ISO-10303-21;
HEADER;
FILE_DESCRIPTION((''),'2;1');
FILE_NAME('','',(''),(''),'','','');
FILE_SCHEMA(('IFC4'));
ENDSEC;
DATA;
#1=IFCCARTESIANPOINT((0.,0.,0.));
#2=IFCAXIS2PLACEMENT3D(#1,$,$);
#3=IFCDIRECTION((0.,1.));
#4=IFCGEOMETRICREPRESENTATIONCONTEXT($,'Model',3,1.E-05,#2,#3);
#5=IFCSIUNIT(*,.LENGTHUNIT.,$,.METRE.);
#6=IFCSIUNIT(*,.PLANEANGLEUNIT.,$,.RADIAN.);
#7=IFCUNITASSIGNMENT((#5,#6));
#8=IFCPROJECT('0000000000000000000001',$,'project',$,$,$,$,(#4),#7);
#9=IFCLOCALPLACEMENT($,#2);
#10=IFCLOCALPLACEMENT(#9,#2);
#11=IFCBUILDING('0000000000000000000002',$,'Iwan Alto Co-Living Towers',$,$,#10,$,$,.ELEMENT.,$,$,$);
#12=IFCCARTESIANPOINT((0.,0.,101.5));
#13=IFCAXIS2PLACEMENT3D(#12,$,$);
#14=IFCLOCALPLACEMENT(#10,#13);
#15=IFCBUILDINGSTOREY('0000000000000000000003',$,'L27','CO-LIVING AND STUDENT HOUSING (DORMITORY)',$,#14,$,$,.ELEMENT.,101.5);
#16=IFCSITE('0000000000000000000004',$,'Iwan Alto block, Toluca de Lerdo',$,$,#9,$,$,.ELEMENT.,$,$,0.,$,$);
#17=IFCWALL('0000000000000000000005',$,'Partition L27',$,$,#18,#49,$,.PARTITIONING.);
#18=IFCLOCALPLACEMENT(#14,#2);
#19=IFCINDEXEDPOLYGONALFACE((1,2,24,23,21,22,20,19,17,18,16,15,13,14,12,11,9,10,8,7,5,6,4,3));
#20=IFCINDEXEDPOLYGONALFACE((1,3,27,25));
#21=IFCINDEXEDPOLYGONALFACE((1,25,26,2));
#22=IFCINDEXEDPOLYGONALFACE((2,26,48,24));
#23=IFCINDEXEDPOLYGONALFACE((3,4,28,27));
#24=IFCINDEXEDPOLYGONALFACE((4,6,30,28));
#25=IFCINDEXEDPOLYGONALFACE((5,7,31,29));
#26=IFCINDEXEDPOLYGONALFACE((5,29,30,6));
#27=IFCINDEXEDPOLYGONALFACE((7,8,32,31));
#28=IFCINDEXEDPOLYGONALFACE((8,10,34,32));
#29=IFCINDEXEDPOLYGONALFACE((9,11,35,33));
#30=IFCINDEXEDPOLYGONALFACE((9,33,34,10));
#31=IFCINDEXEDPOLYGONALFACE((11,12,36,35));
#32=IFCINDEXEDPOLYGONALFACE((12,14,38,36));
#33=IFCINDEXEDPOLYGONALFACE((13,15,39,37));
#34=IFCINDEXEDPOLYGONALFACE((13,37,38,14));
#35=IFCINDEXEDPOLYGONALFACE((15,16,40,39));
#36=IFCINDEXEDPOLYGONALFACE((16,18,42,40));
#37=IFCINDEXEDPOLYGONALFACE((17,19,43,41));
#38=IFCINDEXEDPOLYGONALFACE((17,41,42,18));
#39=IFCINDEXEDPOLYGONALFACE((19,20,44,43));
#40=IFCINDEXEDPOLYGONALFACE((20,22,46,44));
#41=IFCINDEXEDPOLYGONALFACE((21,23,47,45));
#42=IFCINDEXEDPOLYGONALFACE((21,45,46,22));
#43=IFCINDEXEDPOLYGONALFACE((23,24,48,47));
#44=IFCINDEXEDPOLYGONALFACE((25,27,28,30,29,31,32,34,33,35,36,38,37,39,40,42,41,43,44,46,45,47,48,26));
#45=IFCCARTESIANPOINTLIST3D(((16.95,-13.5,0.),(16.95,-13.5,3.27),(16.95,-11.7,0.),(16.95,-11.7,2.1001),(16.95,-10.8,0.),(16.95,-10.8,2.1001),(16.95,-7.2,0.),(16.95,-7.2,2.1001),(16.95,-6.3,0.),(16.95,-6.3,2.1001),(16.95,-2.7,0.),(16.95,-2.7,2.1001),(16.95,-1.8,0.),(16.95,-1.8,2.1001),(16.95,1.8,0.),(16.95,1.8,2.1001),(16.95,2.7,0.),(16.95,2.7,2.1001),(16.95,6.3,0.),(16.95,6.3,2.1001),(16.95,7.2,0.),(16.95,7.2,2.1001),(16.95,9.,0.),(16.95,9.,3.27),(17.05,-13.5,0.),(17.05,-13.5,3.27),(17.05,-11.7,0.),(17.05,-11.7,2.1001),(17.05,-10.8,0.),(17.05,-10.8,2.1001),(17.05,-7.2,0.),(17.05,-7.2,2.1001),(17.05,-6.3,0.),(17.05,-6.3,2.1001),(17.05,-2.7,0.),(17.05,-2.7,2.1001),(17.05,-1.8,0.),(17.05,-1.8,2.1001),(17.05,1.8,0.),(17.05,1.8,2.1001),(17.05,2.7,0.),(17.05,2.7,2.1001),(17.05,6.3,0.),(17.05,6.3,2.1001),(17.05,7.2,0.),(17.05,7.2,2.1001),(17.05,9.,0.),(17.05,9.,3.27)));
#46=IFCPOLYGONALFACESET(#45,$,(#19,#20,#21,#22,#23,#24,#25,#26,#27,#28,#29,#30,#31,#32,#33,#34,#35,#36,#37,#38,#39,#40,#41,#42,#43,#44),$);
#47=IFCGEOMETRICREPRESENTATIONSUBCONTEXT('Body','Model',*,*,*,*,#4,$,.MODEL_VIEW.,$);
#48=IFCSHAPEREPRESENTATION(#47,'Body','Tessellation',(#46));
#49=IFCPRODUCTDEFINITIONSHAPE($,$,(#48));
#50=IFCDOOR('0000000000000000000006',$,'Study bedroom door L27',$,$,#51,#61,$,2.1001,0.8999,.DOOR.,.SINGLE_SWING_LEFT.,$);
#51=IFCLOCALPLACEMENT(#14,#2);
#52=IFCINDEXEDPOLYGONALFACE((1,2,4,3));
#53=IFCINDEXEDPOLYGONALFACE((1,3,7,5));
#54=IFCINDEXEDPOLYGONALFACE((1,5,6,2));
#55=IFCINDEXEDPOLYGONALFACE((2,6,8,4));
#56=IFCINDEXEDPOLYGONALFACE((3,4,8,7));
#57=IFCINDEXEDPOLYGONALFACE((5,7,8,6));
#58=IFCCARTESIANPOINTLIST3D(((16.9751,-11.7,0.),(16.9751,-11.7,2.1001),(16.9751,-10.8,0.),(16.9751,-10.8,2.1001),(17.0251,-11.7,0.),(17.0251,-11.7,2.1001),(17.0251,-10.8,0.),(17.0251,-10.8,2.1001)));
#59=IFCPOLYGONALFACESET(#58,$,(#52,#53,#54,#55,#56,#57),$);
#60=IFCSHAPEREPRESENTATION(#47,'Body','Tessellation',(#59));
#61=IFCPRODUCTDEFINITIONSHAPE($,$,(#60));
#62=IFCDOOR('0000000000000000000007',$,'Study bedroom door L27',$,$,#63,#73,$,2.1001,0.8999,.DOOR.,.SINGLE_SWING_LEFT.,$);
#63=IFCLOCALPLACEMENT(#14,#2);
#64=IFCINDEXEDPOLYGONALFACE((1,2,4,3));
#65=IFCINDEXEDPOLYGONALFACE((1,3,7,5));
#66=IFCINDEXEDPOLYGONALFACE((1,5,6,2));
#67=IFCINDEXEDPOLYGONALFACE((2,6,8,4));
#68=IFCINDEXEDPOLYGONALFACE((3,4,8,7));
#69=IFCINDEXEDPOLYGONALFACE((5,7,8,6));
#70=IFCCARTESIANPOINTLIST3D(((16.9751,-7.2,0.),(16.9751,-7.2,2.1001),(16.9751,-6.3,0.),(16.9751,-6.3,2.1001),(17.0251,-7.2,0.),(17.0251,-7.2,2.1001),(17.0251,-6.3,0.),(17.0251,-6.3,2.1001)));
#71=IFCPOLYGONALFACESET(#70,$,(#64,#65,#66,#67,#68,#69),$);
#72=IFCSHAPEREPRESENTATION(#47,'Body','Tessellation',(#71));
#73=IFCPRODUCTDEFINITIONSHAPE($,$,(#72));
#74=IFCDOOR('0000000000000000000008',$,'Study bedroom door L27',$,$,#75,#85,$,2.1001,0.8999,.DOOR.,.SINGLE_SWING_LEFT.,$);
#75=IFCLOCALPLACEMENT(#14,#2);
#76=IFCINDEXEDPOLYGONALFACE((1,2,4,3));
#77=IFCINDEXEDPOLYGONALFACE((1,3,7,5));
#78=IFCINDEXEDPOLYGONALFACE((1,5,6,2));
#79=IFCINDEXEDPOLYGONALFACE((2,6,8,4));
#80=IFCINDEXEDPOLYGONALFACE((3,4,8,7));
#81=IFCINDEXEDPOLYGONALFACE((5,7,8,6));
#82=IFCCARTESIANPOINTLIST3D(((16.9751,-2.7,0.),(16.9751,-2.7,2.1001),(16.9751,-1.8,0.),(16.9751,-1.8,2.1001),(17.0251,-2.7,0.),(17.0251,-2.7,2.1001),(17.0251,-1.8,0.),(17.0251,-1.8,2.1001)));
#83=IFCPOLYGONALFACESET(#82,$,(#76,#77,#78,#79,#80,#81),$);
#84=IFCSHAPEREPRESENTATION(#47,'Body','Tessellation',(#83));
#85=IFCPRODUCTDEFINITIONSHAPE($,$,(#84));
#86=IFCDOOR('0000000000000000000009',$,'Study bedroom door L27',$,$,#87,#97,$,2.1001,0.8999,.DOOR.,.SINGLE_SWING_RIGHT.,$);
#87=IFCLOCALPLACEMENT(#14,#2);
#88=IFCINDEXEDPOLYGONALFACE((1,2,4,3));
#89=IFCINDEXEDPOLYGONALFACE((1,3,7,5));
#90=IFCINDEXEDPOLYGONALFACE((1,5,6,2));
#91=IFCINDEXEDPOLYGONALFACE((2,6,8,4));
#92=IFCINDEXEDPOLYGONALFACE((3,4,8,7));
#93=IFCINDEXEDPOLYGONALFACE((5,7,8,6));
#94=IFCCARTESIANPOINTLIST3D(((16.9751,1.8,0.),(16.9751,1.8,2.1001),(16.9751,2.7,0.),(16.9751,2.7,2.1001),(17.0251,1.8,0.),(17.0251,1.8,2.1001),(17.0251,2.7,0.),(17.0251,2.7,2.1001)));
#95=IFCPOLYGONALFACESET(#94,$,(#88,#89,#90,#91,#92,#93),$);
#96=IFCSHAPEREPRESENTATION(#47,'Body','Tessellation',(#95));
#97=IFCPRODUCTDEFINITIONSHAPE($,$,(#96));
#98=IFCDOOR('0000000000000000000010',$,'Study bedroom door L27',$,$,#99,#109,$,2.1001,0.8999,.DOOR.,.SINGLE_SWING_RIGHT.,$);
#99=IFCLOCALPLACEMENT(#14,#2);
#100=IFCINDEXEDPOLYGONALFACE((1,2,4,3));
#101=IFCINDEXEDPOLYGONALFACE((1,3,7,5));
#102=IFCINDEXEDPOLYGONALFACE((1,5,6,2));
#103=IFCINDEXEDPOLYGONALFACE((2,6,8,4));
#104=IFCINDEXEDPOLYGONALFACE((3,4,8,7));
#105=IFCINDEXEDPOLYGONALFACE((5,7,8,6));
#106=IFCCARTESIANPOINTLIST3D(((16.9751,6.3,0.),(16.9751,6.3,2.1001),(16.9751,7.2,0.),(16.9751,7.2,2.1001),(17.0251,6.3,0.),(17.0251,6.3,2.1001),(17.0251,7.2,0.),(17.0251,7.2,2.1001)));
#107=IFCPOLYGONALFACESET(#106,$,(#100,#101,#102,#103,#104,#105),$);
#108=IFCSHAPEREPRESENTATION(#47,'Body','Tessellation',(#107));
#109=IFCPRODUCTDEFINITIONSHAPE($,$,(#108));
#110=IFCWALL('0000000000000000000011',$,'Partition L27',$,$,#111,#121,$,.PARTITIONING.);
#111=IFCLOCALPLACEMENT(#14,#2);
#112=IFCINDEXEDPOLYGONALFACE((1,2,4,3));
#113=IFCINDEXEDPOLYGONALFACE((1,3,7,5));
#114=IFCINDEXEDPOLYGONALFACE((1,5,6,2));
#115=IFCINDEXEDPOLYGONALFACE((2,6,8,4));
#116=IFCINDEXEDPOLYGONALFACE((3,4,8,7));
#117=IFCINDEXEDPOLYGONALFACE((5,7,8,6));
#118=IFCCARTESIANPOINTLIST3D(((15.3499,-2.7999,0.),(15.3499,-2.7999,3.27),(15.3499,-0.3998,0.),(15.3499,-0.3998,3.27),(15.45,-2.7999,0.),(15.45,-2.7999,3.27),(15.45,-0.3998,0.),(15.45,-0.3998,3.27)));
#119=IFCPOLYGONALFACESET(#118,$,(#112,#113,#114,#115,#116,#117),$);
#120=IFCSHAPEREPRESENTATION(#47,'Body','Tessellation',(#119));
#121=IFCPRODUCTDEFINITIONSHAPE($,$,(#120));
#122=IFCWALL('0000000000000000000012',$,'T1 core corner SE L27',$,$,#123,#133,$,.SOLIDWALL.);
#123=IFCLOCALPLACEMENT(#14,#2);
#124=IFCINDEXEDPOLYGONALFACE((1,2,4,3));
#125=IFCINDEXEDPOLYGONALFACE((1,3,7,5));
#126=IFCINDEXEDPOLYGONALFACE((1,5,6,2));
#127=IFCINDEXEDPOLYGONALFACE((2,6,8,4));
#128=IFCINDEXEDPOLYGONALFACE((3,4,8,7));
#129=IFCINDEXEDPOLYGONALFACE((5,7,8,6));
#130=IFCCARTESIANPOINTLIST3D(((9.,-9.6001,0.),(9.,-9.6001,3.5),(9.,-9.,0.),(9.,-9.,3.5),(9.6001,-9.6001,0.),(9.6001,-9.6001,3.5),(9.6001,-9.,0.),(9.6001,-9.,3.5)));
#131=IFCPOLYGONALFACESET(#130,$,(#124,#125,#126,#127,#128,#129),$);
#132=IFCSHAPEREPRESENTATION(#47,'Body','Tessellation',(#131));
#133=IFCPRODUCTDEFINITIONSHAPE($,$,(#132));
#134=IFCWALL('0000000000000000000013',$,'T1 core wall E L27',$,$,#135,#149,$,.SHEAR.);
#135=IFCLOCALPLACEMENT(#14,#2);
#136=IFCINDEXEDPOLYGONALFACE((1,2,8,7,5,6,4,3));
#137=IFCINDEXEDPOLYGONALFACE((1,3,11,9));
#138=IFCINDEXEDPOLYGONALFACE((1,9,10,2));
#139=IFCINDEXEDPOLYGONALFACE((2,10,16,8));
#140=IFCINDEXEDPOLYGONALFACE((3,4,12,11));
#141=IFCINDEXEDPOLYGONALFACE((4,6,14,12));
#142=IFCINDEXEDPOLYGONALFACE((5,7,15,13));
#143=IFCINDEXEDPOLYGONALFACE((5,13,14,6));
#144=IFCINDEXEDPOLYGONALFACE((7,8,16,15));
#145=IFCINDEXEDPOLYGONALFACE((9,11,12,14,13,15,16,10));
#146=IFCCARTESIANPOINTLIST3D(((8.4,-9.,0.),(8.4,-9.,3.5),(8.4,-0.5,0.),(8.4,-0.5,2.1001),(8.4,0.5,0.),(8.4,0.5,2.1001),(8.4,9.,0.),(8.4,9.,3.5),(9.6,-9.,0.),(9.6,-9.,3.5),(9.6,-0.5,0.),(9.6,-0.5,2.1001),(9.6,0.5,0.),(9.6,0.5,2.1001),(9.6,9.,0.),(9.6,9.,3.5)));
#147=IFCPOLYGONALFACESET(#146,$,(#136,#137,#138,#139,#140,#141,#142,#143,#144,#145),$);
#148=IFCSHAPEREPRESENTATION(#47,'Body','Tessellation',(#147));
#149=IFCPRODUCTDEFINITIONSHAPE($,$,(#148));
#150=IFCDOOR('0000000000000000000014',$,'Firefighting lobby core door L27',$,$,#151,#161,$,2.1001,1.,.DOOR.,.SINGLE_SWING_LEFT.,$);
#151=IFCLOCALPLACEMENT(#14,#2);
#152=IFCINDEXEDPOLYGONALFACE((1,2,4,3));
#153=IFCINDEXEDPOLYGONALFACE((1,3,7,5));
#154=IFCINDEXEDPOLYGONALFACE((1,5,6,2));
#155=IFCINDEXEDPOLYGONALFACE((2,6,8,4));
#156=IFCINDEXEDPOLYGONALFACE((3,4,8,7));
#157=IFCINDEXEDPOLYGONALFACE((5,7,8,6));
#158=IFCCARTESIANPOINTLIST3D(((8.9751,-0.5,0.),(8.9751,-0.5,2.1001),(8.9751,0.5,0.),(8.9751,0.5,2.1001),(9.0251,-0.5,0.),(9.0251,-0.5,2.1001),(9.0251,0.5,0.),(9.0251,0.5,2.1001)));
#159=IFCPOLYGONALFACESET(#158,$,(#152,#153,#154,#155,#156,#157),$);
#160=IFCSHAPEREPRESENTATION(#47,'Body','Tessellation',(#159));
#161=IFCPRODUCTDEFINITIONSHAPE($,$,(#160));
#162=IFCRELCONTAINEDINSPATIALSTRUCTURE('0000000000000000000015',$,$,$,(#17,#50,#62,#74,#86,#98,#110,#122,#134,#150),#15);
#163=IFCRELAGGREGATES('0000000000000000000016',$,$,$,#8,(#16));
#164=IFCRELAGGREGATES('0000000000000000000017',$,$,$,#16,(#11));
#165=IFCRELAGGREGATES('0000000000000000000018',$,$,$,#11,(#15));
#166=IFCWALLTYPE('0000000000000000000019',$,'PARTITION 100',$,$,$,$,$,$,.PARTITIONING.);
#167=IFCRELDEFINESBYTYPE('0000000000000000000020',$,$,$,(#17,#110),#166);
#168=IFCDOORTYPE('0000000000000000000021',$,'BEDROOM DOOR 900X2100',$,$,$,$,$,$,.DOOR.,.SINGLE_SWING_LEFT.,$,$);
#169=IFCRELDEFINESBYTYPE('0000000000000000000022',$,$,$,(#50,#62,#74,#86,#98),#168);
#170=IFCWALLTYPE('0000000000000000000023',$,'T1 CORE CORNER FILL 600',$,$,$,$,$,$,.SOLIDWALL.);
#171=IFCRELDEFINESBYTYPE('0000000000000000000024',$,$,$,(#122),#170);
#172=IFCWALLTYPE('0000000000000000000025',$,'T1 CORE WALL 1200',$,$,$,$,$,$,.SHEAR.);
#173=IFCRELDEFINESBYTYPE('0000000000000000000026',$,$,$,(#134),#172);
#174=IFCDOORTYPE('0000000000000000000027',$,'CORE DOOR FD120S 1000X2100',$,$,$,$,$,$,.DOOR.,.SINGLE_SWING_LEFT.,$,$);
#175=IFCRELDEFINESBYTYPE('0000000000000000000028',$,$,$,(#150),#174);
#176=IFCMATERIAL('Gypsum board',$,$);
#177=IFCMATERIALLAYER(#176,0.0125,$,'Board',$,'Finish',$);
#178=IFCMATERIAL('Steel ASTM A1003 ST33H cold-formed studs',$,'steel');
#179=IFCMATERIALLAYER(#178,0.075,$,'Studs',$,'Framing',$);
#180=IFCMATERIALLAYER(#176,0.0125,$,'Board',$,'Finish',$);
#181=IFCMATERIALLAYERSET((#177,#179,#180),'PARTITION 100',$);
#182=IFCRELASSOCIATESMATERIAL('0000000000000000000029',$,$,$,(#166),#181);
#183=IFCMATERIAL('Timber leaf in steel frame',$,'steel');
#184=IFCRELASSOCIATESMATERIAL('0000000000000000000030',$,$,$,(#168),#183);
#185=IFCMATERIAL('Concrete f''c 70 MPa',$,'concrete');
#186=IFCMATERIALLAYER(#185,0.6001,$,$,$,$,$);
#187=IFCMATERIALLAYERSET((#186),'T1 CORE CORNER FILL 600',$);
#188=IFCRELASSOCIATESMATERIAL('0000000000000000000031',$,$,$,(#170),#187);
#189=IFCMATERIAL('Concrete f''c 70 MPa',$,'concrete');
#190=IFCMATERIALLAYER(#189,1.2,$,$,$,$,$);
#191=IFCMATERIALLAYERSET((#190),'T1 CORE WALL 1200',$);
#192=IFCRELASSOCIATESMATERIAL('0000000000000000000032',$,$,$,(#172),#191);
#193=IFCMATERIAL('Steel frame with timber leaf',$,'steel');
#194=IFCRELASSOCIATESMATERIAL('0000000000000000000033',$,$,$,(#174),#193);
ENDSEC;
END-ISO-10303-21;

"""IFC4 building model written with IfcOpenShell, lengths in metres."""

from ifc_helpers import new_model, si_unit, direction, frame, frame_2d, origin, place, context, subcontext, project, spatial, rectangle, extrude, material, layer, layer_set, type_object, element, fill, save


model = new_model("IFC4")

# Units and contexts
model_context = context("Model", 3, precision=1e-05, world=origin(), true_north=direction((0.0, 1.0)))
body_context = subcontext(model_context, "Body", "Model", "MODEL_VIEW")
ifc_project = project(units=[si_unit("LENGTHUNIT", "METRE"), si_unit("PLANEANGLEUNIT", "RADIAN")], contexts=[model_context])

# Site, building, storey
site_placement = place(None, origin())
site = spatial("IfcSite", under=ifc_project, at=site_placement, Name="Iwan Alto block, Toluca de Lerdo", CompositionType="ELEMENT", RefElevation=0.0)
building_placement = place(site_placement, origin())
building = spatial("IfcBuilding", under=site, at=building_placement, Name="Iwan Alto Co-Living Towers", CompositionType="ELEMENT")
storey_placement = place(building_placement, frame((0.0, 0.0, 101.5)))
storey = spatial("IfcBuildingStorey", under=building, at=storey_placement, Name="L27", Description="CO-LIVING AND STUDENT HOUSING (DORMITORY)", CompositionType="ELEMENT", Elevation=101.5)

# Shared definitions
ifc_material_1 = material(Name="Gypsum board")
ifc_material_2 = material(Name="Steel ASTM A1003 ST33H cold-formed studs", Category="steel")

# Shared definitions
ifc_layer_1 = layer(ifc_material_1, 0.0125, Name="Board", Category="Finish")
ifc_layer_2 = layer(ifc_material_2, 0.075, Name="Studs", Category="Framing")
ifc_layer_3 = layer(ifc_material_1, 0.0125, Name="Board", Category="Finish")
ifc_layer_set_1 = layer_set([ifc_layer_1, ifc_layer_2, ifc_layer_3], Name="PARTITION 100")
wall_type_1 = type_object("IfcWallType", Name="PARTITION 100", PredefinedType="PARTITIONING", material=ifc_layer_set_1)

# Wall, openings, doors
wall_1_placement = place(storey_placement, frame((17.0, -13.5, 0.0), z_axis=(0.0, 0.0, 1.0), x_axis=(0.0, 1.0, 0.0)))
wall_1 = element("IfcWall", 1, at=wall_1_placement, inside=storey, type_object=wall_type_1, Name="Partition L27", PredefinedType="PARTITIONING", context=body_context, shape_type="SweptSolid", body=[
    extrude(rectangle(XDim=22.5, YDim=0.1001, at=frame_2d((11.25, 0.0))), origin(), (0.0, 0.0, 1.0), 3.27),
])
opening_1_placement = place(wall_1_placement, frame((1.8, 0.0, 0.0)))
opening_1 = element("IfcOpeningElement", 2, at=opening_1_placement, cuts=wall_1, PredefinedType="OPENING", context=body_context, shape_type="SweptSolid", body=[
    extrude(rectangle(XDim=0.8999, YDim=2.1001, at=frame_2d((0.45, 1.05))), frame((0.0, 0.0601, 0.0), z_axis=(0.0, -1.0, 0.0), x_axis=(1.0, 0.0, 0.0)), (0.0, 0.0, 1.0), 0.1201),
])
opening_2_placement = place(wall_1_placement, frame((6.3, 0.0, 0.0)))
opening_2 = element("IfcOpeningElement", 3, at=opening_2_placement, cuts=wall_1, PredefinedType="OPENING", context=body_context, shape_type="SweptSolid", body=[
    extrude(rectangle(XDim=0.8999, YDim=2.1001, at=frame_2d((0.45, 1.05))), frame((0.0, 0.0601, 0.0), z_axis=(0.0, -1.0, 0.0), x_axis=(1.0, 0.0, 0.0)), (0.0, 0.0, 1.0), 0.1201),
])
opening_3_placement = place(wall_1_placement, frame((10.8, 0.0, 0.0)))
opening_3 = element("IfcOpeningElement", 4, at=opening_3_placement, cuts=wall_1, PredefinedType="OPENING", context=body_context, shape_type="SweptSolid", body=[
    extrude(rectangle(XDim=0.8999, YDim=2.1001, at=frame_2d((0.45, 1.05))), frame((0.0, 0.0601, 0.0), z_axis=(0.0, -1.0, 0.0), x_axis=(1.0, 0.0, 0.0)), (0.0, 0.0, 1.0), 0.1201),
])
opening_4_placement = place(wall_1_placement, frame((15.3, 0.0, 0.0)))
opening_4 = element("IfcOpeningElement", 5, at=opening_4_placement, cuts=wall_1, PredefinedType="OPENING", context=body_context, shape_type="SweptSolid", body=[
    extrude(rectangle(XDim=0.8999, YDim=2.1001, at=frame_2d((0.45, 1.05))), frame((0.0, 0.0601, 0.0), z_axis=(0.0, -1.0, 0.0), x_axis=(1.0, 0.0, 0.0)), (0.0, 0.0, 1.0), 0.1201),
])
opening_5_placement = place(wall_1_placement, frame((19.8, 0.0, 0.0)))
opening_5 = element("IfcOpeningElement", 6, at=opening_5_placement, cuts=wall_1, PredefinedType="OPENING", context=body_context, shape_type="SweptSolid", body=[
    extrude(rectangle(XDim=0.8999, YDim=2.1001, at=frame_2d((0.45, 1.05))), frame((0.0, 0.0601, 0.0), z_axis=(0.0, -1.0, 0.0), x_axis=(1.0, 0.0, 0.0)), (0.0, 0.0, 1.0), 0.1201),
])
ifc_material_3 = material(Name="Timber leaf in steel frame", Category="steel")
door_type_1 = type_object("IfcDoorType", Name="BEDROOM DOOR 900X2100", OperationType="SINGLE_SWING_LEFT", PredefinedType="DOOR", material=ifc_material_3)
door_1_placement = place(opening_1_placement, origin())
door_1 = element("IfcDoor", 7, at=door_1_placement, inside=storey, type_object=door_type_1, Name="Study bedroom door L27", OperationType="SINGLE_SWING_LEFT", OverallHeight=2.1001, OverallWidth=0.8999, PredefinedType="DOOR", context=body_context, shape_type="SweptSolid", body=[
    extrude(rectangle(XDim=0.8999, YDim=2.1001, at=frame_2d((0.45, 1.05))), frame((0.0, 0.0249, 0.0), z_axis=(0.0, -1.0, 0.0), x_axis=(1.0, 0.0, 0.0)), (0.0, 0.0, 1.0), 0.05),
])
fill(opening_1, door_1)
door_2_placement = place(opening_2_placement, origin())
door_2 = element("IfcDoor", 8, at=door_2_placement, inside=storey, type_object=door_type_1, Name="Study bedroom door L27", OperationType="SINGLE_SWING_LEFT", OverallHeight=2.1001, OverallWidth=0.8999, PredefinedType="DOOR", context=body_context, shape_type="SweptSolid", body=[
    extrude(rectangle(XDim=0.8999, YDim=2.1001, at=frame_2d((0.45, 1.05))), frame((0.0, 0.0249, 0.0), z_axis=(0.0, -1.0, 0.0), x_axis=(1.0, 0.0, 0.0)), (0.0, 0.0, 1.0), 0.05),
])
fill(opening_2, door_2)
door_3_placement = place(opening_3_placement, origin())
door_3 = element("IfcDoor", 9, at=door_3_placement, inside=storey, type_object=door_type_1, Name="Study bedroom door L27", OperationType="SINGLE_SWING_LEFT", OverallHeight=2.1001, OverallWidth=0.8999, PredefinedType="DOOR", context=body_context, shape_type="SweptSolid", body=[
    extrude(rectangle(XDim=0.8999, YDim=2.1001, at=frame_2d((0.45, 1.05))), frame((0.0, 0.0249, 0.0), z_axis=(0.0, -1.0, 0.0), x_axis=(1.0, 0.0, 0.0)), (0.0, 0.0, 1.0), 0.05),
])
fill(opening_3, door_3)
door_4_placement = place(opening_4_placement, origin())
door_4 = element("IfcDoor", 10, at=door_4_placement, inside=storey, type_object=door_type_1, Name="Study bedroom door L27", OperationType="SINGLE_SWING_RIGHT", OverallHeight=2.1001, OverallWidth=0.8999, PredefinedType="DOOR", context=body_context, shape_type="SweptSolid", body=[
    extrude(rectangle(XDim=0.8999, YDim=2.1001, at=frame_2d((0.45, 1.05))), frame((0.0, 0.0249, 0.0), z_axis=(0.0, -1.0, 0.0), x_axis=(1.0, 0.0, 0.0)), (0.0, 0.0, 1.0), 0.05),
])
fill(opening_4, door_4)
door_5_placement = place(opening_5_placement, origin())
door_5 = element("IfcDoor", 11, at=door_5_placement, inside=storey, type_object=door_type_1, Name="Study bedroom door L27", OperationType="SINGLE_SWING_RIGHT", OverallHeight=2.1001, OverallWidth=0.8999, PredefinedType="DOOR", context=body_context, shape_type="SweptSolid", body=[
    extrude(rectangle(XDim=0.8999, YDim=2.1001, at=frame_2d((0.45, 1.05))), frame((0.0, 0.0249, 0.0), z_axis=(0.0, -1.0, 0.0), x_axis=(1.0, 0.0, 0.0)), (0.0, 0.0, 1.0), 0.05),
])
fill(opening_5, door_5)

# Walls
wall_2_placement = place(storey_placement, frame((15.3999, -2.8, 0.0), z_axis=(0.0, 0.0, 1.0), x_axis=(0.0, 1.0, 0.0)))
element("IfcWall", 12, at=wall_2_placement, inside=storey, type_object=wall_type_1, Name="Partition L27", PredefinedType="PARTITIONING", context=body_context, shape_type="SweptSolid", body=[
    extrude(rectangle(XDim=2.4001, YDim=0.1001, at=frame_2d((1.2002, 0.0))), origin(), (0.0, 0.0, 1.0), 3.27),
])
ifc_material_4 = material(Name="Concrete f'c 70 MPa", Category="concrete")
ifc_layer_4 = layer(ifc_material_4, 0.6001)
ifc_layer_set_2 = layer_set([ifc_layer_4], Name="T1 CORE CORNER FILL 600")
wall_type_2 = type_object("IfcWallType", Name="T1 CORE CORNER FILL 600", PredefinedType="SOLIDWALL", material=ifc_layer_set_2)
wall_3_placement = place(storey_placement, frame((9.0, -9.3, 0.0), z_axis=(0.0, 0.0, 1.0), x_axis=(1.0, 0.0, 0.0)))
element("IfcWall", 13, at=wall_3_placement, inside=storey, type_object=wall_type_2, Name="T1 core corner SE L27", PredefinedType="SOLIDWALL", context=body_context, shape_type="SweptSolid", body=[
    extrude(rectangle(XDim=0.6001, YDim=0.6001, at=frame_2d((0.3, 0.0))), origin(), (0.0, 0.0, 1.0), 3.5),
])

# Wall, opening, door
ifc_material_5 = material(Name="Concrete f'c 70 MPa", Category="concrete")
ifc_layer_5 = layer(ifc_material_5, 1.2)
ifc_layer_set_3 = layer_set([ifc_layer_5], Name="T1 CORE WALL 1200")
wall_type_3 = type_object("IfcWallType", Name="T1 CORE WALL 1200", PredefinedType="SHEAR", material=ifc_layer_set_3)
wall_4_placement = place(storey_placement, frame((9.0, -9.0, 0.0), z_axis=(0.0, 0.0, 1.0), x_axis=(0.0, 1.0, 0.0)))
wall_4 = element("IfcWall", 14, at=wall_4_placement, inside=storey, type_object=wall_type_3, Name="T1 core wall E L27", PredefinedType="SHEAR", context=body_context, shape_type="SweptSolid", body=[
    extrude(rectangle(XDim=18.0, YDim=1.2, at=frame_2d((9.0, 0.0))), origin(), (0.0, 0.0, 1.0), 3.5),
])
opening_6_placement = place(wall_4_placement, frame((8.5, 0.0, 0.0)))
opening_6 = element("IfcOpeningElement", 15, at=opening_6_placement, cuts=wall_4, PredefinedType="OPENING", context=body_context, shape_type="SweptSolid", body=[
    extrude(rectangle(XDim=1.0, YDim=2.1001, at=frame_2d((0.5, 1.05))), frame((0.0, 0.6099, 0.0), z_axis=(0.0, -1.0, 0.0), x_axis=(1.0, 0.0, 0.0)), (0.0, 0.0, 1.0), 1.22),
])
ifc_material_6 = material(Name="Steel frame with timber leaf", Category="steel")
door_type_2 = type_object("IfcDoorType", Name="CORE DOOR FD120S 1000X2100", OperationType="SINGLE_SWING_LEFT", PredefinedType="DOOR", material=ifc_material_6)
door_6_placement = place(opening_6_placement, origin())
door_6 = element("IfcDoor", 16, at=door_6_placement, inside=storey, type_object=door_type_2, Name="Firefighting lobby core door L27", OperationType="SINGLE_SWING_LEFT", OverallHeight=2.1001, OverallWidth=1.0, PredefinedType="DOOR", context=body_context, shape_type="SweptSolid", body=[
    extrude(rectangle(XDim=1.0, YDim=2.1001, at=frame_2d((0.5, 1.05))), frame((0.0, 0.0249, 0.0), z_axis=(0.0, -1.0, 0.0), x_axis=(1.0, 0.0, 0.0)), (0.0, 0.0, 1.0), 0.05),
])
fill(opening_6, door_6)

save(model, "model.ifc")
